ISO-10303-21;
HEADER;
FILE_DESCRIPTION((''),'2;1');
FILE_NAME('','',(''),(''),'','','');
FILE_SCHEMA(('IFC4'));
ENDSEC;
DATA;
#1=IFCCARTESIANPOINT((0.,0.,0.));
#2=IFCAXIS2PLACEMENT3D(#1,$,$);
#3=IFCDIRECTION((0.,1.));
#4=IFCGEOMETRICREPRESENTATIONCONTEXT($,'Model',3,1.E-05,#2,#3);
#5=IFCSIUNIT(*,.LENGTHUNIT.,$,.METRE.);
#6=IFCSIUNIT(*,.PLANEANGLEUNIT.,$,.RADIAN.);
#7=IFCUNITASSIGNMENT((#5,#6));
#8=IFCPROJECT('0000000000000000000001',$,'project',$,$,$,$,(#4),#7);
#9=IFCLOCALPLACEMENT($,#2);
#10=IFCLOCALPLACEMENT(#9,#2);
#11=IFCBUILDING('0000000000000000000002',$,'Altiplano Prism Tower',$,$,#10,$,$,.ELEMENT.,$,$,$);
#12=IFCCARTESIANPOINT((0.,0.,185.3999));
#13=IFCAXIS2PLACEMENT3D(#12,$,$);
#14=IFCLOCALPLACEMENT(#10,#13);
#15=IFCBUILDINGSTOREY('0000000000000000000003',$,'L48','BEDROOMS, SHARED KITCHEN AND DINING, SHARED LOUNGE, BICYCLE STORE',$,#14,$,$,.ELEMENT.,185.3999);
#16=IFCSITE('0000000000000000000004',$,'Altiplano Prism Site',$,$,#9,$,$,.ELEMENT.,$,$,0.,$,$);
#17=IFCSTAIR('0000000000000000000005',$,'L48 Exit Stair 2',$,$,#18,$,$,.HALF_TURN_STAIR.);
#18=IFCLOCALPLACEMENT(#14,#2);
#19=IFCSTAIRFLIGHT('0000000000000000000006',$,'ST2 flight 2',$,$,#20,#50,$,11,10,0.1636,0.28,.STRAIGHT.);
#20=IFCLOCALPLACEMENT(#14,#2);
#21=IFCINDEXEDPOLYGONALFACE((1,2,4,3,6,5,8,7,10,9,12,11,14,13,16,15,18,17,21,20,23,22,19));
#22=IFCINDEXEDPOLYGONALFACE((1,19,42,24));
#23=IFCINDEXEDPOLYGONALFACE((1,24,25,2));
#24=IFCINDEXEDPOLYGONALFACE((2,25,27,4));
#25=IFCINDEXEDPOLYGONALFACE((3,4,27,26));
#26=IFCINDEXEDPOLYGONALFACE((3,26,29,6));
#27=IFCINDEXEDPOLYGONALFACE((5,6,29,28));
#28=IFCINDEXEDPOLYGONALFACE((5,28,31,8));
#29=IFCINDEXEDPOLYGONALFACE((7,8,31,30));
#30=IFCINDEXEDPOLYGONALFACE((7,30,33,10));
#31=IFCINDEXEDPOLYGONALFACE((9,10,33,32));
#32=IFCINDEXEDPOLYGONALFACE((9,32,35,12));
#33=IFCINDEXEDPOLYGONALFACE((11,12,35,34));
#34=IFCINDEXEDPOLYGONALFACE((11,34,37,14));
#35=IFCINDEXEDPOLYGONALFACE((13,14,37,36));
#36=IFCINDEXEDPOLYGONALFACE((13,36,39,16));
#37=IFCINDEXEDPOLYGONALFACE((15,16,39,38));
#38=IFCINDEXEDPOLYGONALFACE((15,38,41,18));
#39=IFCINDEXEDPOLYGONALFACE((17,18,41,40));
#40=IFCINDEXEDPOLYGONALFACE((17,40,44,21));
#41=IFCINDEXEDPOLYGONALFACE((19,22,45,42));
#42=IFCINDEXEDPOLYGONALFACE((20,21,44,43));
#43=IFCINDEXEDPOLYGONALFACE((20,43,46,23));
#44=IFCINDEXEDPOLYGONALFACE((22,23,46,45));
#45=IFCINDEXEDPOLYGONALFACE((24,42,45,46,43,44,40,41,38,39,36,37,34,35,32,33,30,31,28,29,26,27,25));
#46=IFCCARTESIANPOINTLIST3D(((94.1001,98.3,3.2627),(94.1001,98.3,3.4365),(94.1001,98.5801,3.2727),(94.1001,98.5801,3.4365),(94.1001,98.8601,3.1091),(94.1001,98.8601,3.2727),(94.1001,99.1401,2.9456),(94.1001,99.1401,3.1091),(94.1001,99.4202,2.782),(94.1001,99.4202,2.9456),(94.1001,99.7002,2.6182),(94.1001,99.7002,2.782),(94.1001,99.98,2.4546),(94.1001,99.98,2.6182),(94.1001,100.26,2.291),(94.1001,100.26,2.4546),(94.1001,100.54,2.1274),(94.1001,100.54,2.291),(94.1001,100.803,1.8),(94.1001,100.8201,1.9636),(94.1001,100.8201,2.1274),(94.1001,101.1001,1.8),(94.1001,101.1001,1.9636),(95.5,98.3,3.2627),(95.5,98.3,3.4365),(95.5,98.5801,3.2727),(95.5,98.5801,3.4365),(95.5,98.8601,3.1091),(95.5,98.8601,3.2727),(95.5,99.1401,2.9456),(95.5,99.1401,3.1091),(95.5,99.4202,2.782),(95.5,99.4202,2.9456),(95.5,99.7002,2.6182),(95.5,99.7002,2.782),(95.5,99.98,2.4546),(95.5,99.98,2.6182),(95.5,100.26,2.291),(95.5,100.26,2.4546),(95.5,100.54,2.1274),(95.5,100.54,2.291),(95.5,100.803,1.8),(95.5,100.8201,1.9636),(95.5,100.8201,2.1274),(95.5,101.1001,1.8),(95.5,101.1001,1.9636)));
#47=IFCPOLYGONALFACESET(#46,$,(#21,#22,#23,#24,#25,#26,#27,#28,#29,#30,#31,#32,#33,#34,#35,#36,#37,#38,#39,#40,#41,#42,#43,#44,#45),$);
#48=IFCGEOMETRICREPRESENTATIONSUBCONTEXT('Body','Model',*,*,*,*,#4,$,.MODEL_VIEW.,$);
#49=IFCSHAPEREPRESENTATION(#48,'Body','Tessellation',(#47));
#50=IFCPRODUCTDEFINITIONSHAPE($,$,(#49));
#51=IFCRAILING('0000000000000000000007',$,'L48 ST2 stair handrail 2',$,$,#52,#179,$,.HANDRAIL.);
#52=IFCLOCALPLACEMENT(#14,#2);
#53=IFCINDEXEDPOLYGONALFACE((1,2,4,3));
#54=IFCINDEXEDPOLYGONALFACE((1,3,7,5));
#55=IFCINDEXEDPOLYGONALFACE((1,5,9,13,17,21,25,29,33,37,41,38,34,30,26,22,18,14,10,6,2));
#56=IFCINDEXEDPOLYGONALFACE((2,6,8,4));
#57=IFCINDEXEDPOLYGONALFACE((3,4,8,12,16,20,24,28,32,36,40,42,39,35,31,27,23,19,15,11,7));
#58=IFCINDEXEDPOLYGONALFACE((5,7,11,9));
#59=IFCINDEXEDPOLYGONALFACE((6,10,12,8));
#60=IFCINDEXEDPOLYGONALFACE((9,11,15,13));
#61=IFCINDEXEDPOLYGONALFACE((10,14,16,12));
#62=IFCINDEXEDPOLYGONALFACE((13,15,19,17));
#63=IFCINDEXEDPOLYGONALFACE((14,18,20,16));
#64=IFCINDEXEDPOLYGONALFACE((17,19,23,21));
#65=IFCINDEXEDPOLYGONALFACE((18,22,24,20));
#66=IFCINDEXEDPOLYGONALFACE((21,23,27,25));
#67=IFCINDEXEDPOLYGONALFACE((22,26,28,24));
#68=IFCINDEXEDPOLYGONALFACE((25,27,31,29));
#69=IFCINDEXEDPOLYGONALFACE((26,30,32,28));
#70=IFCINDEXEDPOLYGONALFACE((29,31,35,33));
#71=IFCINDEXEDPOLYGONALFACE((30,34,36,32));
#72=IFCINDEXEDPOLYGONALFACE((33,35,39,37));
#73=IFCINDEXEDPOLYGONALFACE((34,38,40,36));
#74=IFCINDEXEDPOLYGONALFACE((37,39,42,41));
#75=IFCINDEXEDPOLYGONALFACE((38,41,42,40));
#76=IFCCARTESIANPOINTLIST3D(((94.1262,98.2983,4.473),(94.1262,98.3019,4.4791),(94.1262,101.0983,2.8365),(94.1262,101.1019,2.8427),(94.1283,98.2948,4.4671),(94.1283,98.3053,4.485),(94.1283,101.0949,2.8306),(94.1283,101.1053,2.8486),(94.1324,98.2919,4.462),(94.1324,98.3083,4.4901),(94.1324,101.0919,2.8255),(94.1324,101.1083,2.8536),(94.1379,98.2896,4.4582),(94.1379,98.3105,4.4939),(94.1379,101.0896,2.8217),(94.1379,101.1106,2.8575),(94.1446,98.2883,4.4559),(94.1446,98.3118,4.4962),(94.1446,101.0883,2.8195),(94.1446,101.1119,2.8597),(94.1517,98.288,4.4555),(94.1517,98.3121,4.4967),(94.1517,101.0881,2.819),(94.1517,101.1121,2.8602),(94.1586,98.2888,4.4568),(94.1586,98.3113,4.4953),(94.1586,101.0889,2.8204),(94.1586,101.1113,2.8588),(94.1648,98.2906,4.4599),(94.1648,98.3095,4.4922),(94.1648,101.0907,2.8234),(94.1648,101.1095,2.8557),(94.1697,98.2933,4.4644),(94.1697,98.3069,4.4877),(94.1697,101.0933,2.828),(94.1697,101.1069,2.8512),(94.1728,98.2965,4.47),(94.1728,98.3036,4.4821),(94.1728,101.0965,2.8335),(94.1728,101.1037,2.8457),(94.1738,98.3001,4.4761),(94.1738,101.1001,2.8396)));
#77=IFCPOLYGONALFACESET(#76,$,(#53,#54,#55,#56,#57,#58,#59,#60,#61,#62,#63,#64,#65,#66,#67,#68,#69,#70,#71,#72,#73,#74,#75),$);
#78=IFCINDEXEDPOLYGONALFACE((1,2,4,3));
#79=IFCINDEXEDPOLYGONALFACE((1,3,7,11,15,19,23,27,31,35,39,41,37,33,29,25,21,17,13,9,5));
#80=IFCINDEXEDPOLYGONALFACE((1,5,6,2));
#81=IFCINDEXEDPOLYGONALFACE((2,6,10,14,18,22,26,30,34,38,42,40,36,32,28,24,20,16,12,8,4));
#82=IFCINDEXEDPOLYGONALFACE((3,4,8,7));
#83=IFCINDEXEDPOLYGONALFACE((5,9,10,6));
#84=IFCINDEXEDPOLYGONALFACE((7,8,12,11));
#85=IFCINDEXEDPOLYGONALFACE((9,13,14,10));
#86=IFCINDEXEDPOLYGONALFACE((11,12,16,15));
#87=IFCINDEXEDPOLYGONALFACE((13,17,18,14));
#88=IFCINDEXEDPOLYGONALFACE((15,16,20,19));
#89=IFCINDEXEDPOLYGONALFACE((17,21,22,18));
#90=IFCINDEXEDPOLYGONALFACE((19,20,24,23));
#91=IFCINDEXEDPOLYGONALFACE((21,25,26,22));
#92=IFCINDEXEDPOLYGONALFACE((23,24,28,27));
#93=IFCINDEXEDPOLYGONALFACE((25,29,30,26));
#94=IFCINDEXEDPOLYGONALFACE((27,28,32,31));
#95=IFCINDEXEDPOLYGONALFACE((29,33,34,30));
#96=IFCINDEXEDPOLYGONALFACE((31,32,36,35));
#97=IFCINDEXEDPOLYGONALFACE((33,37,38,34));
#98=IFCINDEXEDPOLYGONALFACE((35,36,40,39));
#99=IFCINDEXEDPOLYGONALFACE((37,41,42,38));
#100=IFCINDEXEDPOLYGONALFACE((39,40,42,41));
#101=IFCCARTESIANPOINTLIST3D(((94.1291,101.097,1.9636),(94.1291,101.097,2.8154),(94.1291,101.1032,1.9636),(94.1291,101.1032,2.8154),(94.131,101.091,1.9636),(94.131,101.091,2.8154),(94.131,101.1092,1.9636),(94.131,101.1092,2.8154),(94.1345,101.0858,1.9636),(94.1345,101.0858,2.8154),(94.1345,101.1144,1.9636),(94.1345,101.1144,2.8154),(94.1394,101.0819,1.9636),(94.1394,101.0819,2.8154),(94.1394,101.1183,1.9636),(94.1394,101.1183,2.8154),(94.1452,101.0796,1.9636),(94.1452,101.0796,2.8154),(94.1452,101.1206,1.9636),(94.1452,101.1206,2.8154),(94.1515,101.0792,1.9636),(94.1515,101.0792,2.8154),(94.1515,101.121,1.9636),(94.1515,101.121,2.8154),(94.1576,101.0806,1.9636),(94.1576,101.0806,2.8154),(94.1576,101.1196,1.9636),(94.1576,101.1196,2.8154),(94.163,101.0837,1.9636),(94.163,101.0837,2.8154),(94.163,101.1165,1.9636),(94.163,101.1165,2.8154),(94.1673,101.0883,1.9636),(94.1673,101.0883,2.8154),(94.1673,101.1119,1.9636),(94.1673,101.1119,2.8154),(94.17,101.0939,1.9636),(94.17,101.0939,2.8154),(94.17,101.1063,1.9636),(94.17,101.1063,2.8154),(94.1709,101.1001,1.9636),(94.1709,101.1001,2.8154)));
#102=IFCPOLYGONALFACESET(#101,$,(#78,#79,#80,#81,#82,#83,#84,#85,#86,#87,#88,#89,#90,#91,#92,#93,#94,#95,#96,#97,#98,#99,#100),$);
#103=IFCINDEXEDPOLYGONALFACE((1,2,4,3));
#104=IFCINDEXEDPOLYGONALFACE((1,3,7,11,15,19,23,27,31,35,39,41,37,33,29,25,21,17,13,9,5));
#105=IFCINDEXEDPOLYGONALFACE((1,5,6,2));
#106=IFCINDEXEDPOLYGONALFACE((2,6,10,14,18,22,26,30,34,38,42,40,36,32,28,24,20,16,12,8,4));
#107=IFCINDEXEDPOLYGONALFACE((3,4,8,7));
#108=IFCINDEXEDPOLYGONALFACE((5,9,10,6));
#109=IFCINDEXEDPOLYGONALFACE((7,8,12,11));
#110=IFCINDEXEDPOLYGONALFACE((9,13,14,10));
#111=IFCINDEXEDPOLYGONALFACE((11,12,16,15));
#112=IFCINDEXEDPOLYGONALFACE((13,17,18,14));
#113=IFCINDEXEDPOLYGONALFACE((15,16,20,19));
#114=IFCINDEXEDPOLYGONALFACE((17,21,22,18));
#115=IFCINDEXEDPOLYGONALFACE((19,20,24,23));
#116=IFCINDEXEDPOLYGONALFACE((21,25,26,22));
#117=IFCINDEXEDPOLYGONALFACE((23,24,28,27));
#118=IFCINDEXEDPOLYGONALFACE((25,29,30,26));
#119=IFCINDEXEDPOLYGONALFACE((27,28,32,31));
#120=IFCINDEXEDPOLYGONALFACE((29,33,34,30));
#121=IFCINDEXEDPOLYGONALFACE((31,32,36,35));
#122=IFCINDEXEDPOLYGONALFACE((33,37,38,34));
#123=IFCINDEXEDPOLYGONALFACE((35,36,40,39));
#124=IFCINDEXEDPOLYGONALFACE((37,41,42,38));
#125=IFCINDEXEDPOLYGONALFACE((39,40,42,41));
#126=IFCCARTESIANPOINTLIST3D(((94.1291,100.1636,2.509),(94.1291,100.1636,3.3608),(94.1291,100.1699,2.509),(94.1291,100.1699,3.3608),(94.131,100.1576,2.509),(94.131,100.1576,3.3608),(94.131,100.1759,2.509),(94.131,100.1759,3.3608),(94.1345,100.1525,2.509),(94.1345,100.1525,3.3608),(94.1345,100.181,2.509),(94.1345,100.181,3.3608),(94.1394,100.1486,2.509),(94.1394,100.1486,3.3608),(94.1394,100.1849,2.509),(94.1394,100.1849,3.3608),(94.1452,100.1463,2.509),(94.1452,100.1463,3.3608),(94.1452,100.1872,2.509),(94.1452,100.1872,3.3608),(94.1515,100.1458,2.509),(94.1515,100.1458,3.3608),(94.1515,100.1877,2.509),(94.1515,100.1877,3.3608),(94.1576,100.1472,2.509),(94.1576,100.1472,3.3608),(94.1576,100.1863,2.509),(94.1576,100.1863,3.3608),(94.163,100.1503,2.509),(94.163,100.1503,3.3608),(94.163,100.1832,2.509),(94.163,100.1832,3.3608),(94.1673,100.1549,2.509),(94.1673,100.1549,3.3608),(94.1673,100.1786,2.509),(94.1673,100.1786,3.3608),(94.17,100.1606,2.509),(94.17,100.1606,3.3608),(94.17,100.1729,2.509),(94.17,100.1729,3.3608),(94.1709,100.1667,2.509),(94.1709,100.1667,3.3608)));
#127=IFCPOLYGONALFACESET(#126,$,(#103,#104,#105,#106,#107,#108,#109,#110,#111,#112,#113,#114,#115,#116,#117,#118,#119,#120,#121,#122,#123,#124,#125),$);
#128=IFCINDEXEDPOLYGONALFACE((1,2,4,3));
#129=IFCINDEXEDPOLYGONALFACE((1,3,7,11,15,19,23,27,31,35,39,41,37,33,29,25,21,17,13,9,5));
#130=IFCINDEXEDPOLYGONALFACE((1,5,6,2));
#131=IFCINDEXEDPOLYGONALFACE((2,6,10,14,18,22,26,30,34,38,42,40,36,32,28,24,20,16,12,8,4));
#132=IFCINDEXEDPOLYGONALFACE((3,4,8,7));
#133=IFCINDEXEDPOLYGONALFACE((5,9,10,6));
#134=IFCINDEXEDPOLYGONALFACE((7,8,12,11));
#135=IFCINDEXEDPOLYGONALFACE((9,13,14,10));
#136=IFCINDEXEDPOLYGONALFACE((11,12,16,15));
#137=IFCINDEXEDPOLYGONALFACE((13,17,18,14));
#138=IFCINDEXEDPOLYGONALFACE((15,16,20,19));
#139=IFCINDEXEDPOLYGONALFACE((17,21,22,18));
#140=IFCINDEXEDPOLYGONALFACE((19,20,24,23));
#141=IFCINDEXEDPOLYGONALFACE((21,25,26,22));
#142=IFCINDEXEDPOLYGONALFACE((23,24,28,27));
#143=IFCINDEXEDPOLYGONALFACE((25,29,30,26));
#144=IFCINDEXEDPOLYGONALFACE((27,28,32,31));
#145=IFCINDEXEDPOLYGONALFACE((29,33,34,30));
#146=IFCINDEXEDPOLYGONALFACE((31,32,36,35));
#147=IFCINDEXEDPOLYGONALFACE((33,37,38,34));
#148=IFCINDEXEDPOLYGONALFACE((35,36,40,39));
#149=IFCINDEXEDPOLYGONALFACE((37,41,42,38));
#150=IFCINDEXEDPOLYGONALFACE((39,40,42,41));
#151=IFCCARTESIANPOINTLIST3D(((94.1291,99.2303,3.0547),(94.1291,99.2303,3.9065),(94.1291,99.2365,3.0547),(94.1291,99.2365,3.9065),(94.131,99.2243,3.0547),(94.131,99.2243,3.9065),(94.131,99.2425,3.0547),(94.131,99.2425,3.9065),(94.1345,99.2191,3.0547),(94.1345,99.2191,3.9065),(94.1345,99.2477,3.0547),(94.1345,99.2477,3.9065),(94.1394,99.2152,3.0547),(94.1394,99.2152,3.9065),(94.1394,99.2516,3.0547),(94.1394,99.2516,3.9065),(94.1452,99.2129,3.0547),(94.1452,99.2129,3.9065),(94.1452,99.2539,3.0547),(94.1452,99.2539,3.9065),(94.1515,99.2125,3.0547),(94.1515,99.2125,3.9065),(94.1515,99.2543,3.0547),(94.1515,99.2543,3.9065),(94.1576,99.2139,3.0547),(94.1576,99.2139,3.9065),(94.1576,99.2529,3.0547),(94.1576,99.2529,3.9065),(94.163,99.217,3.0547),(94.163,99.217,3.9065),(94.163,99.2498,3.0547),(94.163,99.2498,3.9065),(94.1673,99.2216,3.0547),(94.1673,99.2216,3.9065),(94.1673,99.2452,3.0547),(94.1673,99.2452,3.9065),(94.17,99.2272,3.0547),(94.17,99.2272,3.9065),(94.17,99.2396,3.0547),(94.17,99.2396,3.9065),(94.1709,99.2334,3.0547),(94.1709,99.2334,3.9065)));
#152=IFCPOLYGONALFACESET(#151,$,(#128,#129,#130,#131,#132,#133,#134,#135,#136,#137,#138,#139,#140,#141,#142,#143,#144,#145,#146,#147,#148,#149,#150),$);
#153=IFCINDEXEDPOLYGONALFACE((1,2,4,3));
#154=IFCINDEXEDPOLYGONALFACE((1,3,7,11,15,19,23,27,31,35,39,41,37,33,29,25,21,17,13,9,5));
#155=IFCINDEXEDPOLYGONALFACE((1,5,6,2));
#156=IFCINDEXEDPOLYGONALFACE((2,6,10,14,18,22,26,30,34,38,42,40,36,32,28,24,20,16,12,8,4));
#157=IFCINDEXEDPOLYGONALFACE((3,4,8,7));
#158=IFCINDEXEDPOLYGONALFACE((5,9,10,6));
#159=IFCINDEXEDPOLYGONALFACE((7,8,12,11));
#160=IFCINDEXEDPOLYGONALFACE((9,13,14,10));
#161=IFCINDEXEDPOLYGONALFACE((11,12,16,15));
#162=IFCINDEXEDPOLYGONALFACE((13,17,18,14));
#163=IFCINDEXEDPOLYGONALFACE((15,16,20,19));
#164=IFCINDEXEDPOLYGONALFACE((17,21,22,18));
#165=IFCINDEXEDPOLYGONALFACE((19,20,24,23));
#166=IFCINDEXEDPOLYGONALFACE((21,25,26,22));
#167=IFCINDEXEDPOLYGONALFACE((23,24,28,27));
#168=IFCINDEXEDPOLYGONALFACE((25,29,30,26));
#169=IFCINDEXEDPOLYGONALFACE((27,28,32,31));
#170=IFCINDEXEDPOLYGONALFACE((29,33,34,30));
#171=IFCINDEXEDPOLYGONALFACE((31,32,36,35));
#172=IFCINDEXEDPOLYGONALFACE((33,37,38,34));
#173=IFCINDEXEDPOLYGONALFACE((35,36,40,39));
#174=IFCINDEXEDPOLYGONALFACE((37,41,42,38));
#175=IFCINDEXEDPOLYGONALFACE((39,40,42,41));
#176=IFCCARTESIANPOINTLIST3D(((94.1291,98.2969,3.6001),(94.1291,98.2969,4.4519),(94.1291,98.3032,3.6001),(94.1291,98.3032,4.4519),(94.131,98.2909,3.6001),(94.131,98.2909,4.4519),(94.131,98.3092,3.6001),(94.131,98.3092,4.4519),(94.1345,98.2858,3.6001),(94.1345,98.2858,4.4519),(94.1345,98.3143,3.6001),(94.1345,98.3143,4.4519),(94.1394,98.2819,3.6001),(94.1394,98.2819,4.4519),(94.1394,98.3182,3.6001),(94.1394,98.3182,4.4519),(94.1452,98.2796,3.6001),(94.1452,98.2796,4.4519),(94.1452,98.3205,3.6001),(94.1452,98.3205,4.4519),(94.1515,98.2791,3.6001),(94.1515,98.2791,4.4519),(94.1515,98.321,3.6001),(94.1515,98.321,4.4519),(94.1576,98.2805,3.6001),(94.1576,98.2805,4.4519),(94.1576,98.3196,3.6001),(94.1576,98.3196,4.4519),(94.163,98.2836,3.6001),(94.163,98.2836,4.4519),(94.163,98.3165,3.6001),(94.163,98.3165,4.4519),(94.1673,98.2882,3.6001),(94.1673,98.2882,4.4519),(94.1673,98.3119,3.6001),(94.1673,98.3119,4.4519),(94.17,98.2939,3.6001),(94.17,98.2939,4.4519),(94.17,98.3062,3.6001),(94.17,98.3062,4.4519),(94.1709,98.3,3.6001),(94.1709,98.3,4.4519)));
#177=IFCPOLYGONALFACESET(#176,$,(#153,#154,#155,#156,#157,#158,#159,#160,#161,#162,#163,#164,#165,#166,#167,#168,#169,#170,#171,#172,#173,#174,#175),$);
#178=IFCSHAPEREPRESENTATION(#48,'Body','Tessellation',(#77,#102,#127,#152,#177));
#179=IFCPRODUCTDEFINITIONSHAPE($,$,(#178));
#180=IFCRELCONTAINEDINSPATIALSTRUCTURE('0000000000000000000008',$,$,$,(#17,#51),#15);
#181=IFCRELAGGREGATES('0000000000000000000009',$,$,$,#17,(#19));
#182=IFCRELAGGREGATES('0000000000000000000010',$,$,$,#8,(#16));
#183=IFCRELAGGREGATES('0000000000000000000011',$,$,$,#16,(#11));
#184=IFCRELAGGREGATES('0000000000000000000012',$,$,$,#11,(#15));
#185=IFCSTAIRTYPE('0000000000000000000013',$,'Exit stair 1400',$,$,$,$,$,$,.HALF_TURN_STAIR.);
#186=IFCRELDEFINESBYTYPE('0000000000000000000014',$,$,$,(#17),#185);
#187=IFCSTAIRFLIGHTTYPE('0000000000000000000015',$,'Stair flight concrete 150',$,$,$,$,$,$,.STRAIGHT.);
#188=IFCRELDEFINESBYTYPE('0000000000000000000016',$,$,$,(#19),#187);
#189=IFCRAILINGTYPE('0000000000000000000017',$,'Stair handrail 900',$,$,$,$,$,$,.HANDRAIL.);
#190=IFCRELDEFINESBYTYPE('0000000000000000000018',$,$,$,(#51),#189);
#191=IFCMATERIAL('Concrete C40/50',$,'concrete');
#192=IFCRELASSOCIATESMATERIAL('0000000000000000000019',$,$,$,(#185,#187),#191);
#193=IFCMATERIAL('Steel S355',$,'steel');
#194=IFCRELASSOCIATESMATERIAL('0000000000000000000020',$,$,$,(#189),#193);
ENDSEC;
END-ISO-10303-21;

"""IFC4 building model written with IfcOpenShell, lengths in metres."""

from ifc_helpers import new_model, si_unit, direction, frame, origin, origin_2d, place, context, subcontext, project, spatial, polyline, circle, outline, extrude, material, type_object, element, aggregate, save


model = new_model("IFC4")

# Units and contexts
model_context = context("Model", 3, precision=1e-05, world=origin(), true_north=direction((0.0, 1.0)))
body_context = subcontext(model_context, "Body", "Model", "MODEL_VIEW")
ifc_project = project(units=[si_unit("LENGTHUNIT", "METRE"), si_unit("PLANEANGLEUNIT", "RADIAN")], contexts=[model_context])

# Site, building, storey
site_placement = place(None, origin())
site = spatial("IfcSite", under=ifc_project, at=site_placement, Name="Altiplano Prism Site", CompositionType="ELEMENT", RefElevation=0.0)
building_placement = place(site_placement, origin())
building = spatial("IfcBuilding", under=site, at=building_placement, Name="Altiplano Prism Tower", CompositionType="ELEMENT")
storey_placement = place(building_placement, frame((0.0, 0.0, 185.3999)))
storey = spatial("IfcBuildingStorey", under=building, at=storey_placement, Name="L48", Description="BEDROOMS, SHARED KITCHEN AND DINING, SHARED LOUNGE, BICYCLE STORE", CompositionType="ELEMENT", Elevation=185.3999)

# Stair, stair flight
ifc_material_1 = material(Name="Concrete C40/50", Category="concrete")
stair_type = type_object("IfcStairType", Name="Exit stair 1400", PredefinedType="HALF_TURN_STAIR", material=ifc_material_1)
stair_placement = place(storey_placement, origin())
stair = element("IfcStair", 1, at=stair_placement, inside=storey, type_object=stair_type, Name="L48 Exit Stair 2", PredefinedType="HALF_TURN_STAIR")
stair_flight_type = type_object("IfcStairFlightType", Name="Stair flight concrete 150", PredefinedType="STRAIGHT", material=ifc_material_1)
stair_flight_1_placement = place(storey_placement, frame((94.8, 101.1001, 1.8), z_axis=(0.0, 0.0, 1.0), x_axis=(0.0, -1.0, 0.0)))
stair_flight_1 = element("IfcStairFlight", 2, at=stair_flight_1_placement, type_object=stair_flight_type, Name="ST2 flight 2", NumberOfRisers=11, NumberOfTreads=10, PredefinedType="STRAIGHT", RiserHeight=0.1636, TreadLength=0.28, context=body_context, shape_type="SweptSolid", body=[
    extrude(outline(polyline([(0.0, 0.0), (0.0, 0.1636), (0.28, 0.1636), (0.28, 0.3274), (0.5601, 0.3274), (0.5601, 0.491), (0.8401, 0.491), (0.8401, 0.6545), (1.1201, 0.6545), (1.1201, 0.8181), (1.3999, 0.8181), (1.3999, 0.9819), (1.6799, 0.9819), (1.6799, 1.1455), (1.96, 1.1455), (1.96, 1.3091), (2.24, 1.3091), (2.24, 1.4727), (2.52, 1.4727), (2.52, 1.6365), (2.8, 1.6365), (2.8, 1.8), (2.8, 1.4626), (0.2971, 0.0), (0.0, 0.0)])), frame((0.0, 0.7, 0.0), z_axis=(0.0, -1.0, 0.0), x_axis=(1.0, 0.0, 0.0)), (0.0, 0.0, 1.0), 1.3999),
])
aggregate(stair, [stair_flight_1])

# Railing
ifc_material_2 = material(Name="Steel S355", Category="steel")
railing_type_1 = type_object("IfcRailingType", Name="Stair handrail 900", PredefinedType="HANDRAIL", material=ifc_material_2)
railing_1_placement = place(storey_placement, frame((94.1499, 101.1001, 1.9636)))
element("IfcRailing", 3, at=railing_1_placement, inside=storey, type_object=railing_type_1, Name="L48 ST2 stair handrail 2", PredefinedType="HANDRAIL", context=body_context, shape_type="SweptSolid", body=[
    extrude(circle(Radius=0.0239, at=origin_2d()), frame((0.0, 0.0, 0.876), z_axis=(0.0, -0.863361, 0.504587), x_axis=(1.0, 0.0, 0.0)), (0.0, 0.0, 1.0), 3.2432),
    extrude(circle(Radius=0.021, at=origin_2d()), origin(), (0.0, 0.0, 1.0), 0.8518),
    extrude(circle(Radius=0.021, at=origin_2d()), frame((0.0, -0.9333, 0.5454)), (0.0, 0.0, 1.0), 0.8518),
    extrude(circle(Radius=0.021, at=origin_2d()), frame((0.0, -1.8667, 1.0911)), (0.0, 0.0, 1.0), 0.8518),
    extrude(circle(Radius=0.021, at=origin_2d()), frame((0.0, -2.8, 1.6365)), (0.0, 0.0, 1.0), 0.8518),
])

save(model, "model.ifc")
